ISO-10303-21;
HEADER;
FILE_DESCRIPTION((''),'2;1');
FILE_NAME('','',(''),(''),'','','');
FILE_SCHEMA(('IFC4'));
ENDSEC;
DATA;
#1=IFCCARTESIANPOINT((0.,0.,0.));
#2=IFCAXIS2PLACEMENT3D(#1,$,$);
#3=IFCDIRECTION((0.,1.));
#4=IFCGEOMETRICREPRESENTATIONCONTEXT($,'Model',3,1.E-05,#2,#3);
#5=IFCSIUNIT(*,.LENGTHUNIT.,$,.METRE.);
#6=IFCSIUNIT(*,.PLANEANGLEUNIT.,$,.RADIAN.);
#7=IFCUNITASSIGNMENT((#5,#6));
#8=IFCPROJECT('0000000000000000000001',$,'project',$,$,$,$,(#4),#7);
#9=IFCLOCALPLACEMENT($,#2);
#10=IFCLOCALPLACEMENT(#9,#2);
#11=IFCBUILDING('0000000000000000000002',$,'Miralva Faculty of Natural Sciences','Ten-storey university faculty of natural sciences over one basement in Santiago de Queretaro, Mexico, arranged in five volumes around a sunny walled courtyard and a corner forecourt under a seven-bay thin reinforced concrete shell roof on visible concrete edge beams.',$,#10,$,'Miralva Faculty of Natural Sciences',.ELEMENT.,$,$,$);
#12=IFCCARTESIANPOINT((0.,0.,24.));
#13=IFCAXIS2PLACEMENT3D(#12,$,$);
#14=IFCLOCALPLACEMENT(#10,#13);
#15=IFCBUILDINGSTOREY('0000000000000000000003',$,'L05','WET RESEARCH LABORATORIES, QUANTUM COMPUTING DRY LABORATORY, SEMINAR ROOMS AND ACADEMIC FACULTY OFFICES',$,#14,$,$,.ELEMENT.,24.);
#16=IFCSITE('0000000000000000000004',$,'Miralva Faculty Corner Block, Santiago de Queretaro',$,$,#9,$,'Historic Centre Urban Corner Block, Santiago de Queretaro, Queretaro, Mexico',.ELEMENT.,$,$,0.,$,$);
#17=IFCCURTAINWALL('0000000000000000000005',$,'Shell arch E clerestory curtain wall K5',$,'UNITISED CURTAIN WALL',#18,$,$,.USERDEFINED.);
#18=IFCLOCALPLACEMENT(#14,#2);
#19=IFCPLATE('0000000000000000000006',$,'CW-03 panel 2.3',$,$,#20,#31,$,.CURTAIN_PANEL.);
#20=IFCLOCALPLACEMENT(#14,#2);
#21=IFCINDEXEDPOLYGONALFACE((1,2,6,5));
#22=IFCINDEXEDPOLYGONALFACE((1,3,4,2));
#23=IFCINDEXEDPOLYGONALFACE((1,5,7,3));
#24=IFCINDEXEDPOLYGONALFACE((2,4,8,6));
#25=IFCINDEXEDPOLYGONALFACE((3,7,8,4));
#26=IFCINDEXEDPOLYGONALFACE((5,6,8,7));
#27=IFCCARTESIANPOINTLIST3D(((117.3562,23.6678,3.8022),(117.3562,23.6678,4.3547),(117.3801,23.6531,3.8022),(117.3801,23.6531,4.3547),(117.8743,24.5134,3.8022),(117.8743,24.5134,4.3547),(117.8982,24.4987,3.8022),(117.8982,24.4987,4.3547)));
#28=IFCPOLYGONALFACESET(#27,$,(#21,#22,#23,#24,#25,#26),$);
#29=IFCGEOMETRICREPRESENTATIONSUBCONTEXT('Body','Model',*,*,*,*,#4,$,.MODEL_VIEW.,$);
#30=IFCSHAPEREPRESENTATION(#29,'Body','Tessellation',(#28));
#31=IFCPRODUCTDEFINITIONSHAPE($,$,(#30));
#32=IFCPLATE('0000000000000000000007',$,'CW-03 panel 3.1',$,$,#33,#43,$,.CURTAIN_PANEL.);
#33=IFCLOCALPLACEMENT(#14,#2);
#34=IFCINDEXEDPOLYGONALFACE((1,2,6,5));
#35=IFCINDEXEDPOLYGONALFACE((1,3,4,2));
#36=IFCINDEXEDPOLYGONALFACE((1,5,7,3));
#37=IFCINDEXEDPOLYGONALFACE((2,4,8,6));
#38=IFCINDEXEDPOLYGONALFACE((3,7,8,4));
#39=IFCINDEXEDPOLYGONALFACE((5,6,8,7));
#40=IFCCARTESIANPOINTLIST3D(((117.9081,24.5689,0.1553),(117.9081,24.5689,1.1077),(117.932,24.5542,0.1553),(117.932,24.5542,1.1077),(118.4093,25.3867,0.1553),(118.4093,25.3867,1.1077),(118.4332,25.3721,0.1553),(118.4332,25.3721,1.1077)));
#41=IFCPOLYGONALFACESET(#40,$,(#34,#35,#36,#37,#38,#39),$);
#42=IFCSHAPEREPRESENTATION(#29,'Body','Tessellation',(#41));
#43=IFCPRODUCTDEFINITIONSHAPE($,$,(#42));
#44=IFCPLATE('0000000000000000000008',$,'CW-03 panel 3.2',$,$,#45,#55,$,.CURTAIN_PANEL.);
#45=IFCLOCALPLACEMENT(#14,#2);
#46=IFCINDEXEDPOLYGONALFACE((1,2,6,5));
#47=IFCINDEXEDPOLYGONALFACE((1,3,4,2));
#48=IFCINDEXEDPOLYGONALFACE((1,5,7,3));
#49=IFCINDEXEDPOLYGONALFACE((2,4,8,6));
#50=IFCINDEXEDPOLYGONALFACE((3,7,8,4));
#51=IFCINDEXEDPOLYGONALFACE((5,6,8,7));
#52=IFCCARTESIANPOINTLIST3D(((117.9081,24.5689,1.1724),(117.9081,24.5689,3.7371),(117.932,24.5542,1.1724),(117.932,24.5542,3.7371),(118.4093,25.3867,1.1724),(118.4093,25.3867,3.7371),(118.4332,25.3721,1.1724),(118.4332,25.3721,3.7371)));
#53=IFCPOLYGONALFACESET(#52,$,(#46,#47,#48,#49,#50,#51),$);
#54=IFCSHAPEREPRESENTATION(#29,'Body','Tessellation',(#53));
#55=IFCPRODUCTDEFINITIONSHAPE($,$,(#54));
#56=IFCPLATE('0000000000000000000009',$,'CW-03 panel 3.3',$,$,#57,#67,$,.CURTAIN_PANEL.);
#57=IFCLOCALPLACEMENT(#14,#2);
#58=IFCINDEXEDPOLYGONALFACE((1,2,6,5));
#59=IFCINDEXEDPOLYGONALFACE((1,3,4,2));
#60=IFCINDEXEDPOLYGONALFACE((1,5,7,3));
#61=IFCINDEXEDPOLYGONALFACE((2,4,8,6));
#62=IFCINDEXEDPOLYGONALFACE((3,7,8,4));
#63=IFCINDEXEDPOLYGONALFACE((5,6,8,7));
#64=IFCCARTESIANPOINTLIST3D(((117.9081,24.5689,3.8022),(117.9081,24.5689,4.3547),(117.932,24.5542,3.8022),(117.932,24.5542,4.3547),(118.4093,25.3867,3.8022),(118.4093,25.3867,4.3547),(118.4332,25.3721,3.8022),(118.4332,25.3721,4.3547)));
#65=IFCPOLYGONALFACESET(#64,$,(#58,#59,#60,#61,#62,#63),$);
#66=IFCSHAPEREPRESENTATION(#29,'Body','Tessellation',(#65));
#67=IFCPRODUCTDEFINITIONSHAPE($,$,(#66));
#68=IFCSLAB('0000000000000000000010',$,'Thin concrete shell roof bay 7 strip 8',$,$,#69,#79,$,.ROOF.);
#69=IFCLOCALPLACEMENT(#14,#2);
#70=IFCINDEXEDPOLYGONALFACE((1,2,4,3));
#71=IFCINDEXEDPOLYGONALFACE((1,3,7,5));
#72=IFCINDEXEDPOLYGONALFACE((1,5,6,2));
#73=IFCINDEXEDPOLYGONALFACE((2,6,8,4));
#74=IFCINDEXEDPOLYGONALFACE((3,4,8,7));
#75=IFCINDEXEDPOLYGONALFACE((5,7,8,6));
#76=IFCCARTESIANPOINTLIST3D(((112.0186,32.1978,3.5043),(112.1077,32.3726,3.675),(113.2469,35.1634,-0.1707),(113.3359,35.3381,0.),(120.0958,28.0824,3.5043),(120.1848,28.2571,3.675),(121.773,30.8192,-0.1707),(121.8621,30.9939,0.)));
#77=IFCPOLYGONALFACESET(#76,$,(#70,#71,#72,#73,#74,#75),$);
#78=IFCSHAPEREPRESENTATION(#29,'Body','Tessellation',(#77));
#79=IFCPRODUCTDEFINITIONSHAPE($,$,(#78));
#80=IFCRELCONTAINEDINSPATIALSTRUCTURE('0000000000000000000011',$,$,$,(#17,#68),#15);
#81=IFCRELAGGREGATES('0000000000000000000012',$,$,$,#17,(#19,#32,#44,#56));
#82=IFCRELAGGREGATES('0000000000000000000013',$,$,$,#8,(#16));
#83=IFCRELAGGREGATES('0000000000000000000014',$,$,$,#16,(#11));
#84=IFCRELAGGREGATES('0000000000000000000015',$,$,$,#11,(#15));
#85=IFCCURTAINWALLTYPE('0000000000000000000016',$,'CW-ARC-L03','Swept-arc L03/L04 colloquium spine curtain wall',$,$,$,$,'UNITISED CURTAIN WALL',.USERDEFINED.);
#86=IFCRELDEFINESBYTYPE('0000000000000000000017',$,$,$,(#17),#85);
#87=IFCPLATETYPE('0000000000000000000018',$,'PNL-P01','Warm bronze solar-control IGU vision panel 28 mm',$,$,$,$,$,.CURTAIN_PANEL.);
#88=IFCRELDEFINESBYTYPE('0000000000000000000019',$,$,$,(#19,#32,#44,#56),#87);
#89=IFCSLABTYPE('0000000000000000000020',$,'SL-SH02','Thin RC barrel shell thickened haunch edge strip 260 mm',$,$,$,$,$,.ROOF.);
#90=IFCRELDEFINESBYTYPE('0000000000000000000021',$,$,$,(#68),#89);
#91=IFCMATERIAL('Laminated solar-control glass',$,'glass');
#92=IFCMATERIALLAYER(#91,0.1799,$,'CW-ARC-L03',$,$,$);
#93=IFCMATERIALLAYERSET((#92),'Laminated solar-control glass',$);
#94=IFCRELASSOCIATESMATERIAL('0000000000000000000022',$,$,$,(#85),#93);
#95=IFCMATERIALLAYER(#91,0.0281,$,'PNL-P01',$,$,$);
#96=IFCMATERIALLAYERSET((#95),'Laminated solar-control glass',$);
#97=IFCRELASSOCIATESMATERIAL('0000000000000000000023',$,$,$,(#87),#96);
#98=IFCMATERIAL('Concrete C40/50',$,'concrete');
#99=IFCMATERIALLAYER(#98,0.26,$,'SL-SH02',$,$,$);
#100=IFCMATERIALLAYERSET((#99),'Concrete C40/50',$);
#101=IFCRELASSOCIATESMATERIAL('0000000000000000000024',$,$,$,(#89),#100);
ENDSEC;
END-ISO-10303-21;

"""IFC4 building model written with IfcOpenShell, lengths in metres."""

from ifc_helpers import new_model, si_unit, direction, frame, origin, origin_2d, place, context, subcontext, project, spatial, polyline, rectangle, outline, extrude, material, layer, layer_set, type_object, element, aggregate, save


model = new_model("IFC4")

# Units and contexts
model_context = context("Model", 3, precision=1e-05, world=origin(), true_north=direction((0.0, 1.0)))
body_context = subcontext(model_context, "Body", "Model", "MODEL_VIEW")
ifc_project = project(units=[si_unit("LENGTHUNIT", "METRE"), si_unit("PLANEANGLEUNIT", "RADIAN")], contexts=[model_context])

# Site, building, storey
site_placement = place(None, origin())
site = spatial("IfcSite", under=ifc_project, at=site_placement, Name="Miralva Faculty Corner Block, Santiago de Queretaro", LongName="Historic Centre Urban Corner Block, Santiago de Queretaro, Queretaro, Mexico", CompositionType="ELEMENT", RefElevation=0.0)
building_placement = place(site_placement, origin())
building = spatial("IfcBuilding", under=site, at=building_placement, Name="Miralva Faculty of Natural Sciences", Description="Ten-storey university faculty of natural sciences over one basement in Santiago de Queretaro, Mexico, arranged in five volumes around a sunny walled courtyard and a corner forecourt under a seven-bay thin reinforced concrete shell roof on visible concrete edge beams.", LongName="Miralva Faculty of Natural Sciences", CompositionType="ELEMENT")
storey_placement = place(building_placement, frame((0.0, 0.0, 24.0)))
storey = spatial("IfcBuildingStorey", under=building, at=storey_placement, Name="L05", Description="WET RESEARCH LABORATORIES, QUANTUM COMPUTING DRY LABORATORY, SEMINAR ROOMS AND ACADEMIC FACULTY OFFICES", CompositionType="ELEMENT", Elevation=24.0)

# Shared definitions
ifc_material_1 = material(Name="Concrete C40/50", Category="concrete")

# Curtain wall
ifc_material_2 = material(Name="Laminated solar-control glass", Category="glass")
ifc_layer_1 = layer(ifc_material_2, 0.1799, Name="CW-ARC-L03")
ifc_layer_set_1 = layer_set([ifc_layer_1], Name="Laminated solar-control glass")
curtain_wall_type = type_object("IfcCurtainWallType", Name="CW-ARC-L03", Description="Swept-arc L03/L04 colloquium spine curtain wall", ElementType="UNITISED CURTAIN WALL", PredefinedType="USERDEFINED", material=ifc_layer_set_1)
curtain_wall_placement = place(storey_placement, origin())
curtain_wall = element("IfcCurtainWall", 1, at=curtain_wall_placement, inside=storey, type_object=curtain_wall_type, Name="Shell arch E clerestory curtain wall K5", ObjectType="UNITISED CURTAIN WALL", PredefinedType="USERDEFINED")

# Plates
ifc_layer_2 = layer(ifc_material_2, 0.0281, Name="PNL-P01")
ifc_layer_set_2 = layer_set([ifc_layer_2], Name="Laminated solar-control glass")
plate_type_1 = type_object("IfcPlateType", Name="PNL-P01", Description="Warm bronze solar-control IGU vision panel 28 mm", PredefinedType="CURTAIN_PANEL", material=ifc_layer_set_2)
plate_1_placement = place(storey_placement, frame((117.6272, 24.0833, 3.8022), z_axis=(0.0, 0.0, 1.0), x_axis=(0.52249, 0.852646, 0.0)))
plate_1 = element("IfcPlate", 2, at=plate_1_placement, type_object=plate_type_1, Name="CW-03 panel 2.3", PredefinedType="CURTAIN_PANEL", context=body_context, shape_type="SweptSolid", body=[
    extrude(rectangle(XDim=0.9917, YDim=0.0281, at=origin_2d()), origin(), (0.0, 0.0, 1.0), 0.5525),
])
plate_2_placement = place(storey_placement, frame((118.1707, 24.9705, 0.1553), z_axis=(0.0, 0.0, 1.0), x_axis=(0.52249, 0.852646, 0.0)))
plate_2 = element("IfcPlate", 3, at=plate_2_placement, type_object=plate_type_1, Name="CW-03 panel 3.1", PredefinedType="CURTAIN_PANEL", context=body_context, shape_type="SweptSolid", body=[
    extrude(rectangle(XDim=0.9592, YDim=0.0281, at=origin_2d()), origin(), (0.0, 0.0, 1.0), 0.9524),
])
plate_3_placement = place(storey_placement, frame((118.1707, 24.9705, 1.1724), z_axis=(0.0, 0.0, 1.0), x_axis=(0.52249, 0.852646, 0.0)))
plate_3 = element("IfcPlate", 4, at=plate_3_placement, type_object=plate_type_1, Name="CW-03 panel 3.2", PredefinedType="CURTAIN_PANEL", context=body_context, shape_type="SweptSolid", body=[
    extrude(rectangle(XDim=0.9592, YDim=0.0281, at=origin_2d()), origin(), (0.0, 0.0, 1.0), 2.5647),
])
plate_4_placement = place(storey_placement, frame((118.1707, 24.9705, 3.8022), z_axis=(0.0, 0.0, 1.0), x_axis=(0.52249, 0.852646, 0.0)))
plate_4 = element("IfcPlate", 5, at=plate_4_placement, type_object=plate_type_1, Name="CW-03 panel 3.3", PredefinedType="CURTAIN_PANEL", context=body_context, shape_type="SweptSolid", body=[
    extrude(rectangle(XDim=0.9592, YDim=0.0281, at=origin_2d()), origin(), (0.0, 0.0, 1.0), 0.5525),
])
aggregate(curtain_wall, [plate_1, plate_2, plate_3, plate_4])

# Slab
ifc_layer_3 = layer(ifc_material_1, 0.26, Name="SL-SH02")
ifc_layer_set_3 = layer_set([ifc_layer_3], Name="Concrete C40/50")
slab_type = type_object("IfcSlabType", Name="SL-SH02", Description="Thin RC barrel shell thickened haunch edge strip 260 mm", PredefinedType="ROOF", material=ifc_layer_set_3)
slab_placement = place(storey_placement, frame((112.1077, 32.3726, 3.675), z_axis=(0.342384, 0.671972, 0.656679), x_axis=(0.891008, -0.453987, 0.0)))
element("IfcSlab", 6, at=slab_placement, inside=storey, type_object=slab_type, Name="Thin concrete shell roof bay 7 strip 8", PredefinedType="ROOF", context=body_context, shape_type="SweptSolid", body=[
    extrude(outline(polyline([(0.0, 0.0), (9.0652, 0.0), (9.3171, 4.873), (-0.2519, 4.873), (0.0, 0.0)])), origin(), (0.0, 0.0, -1.0), 0.26),
])

save(model, "model.ifc")
